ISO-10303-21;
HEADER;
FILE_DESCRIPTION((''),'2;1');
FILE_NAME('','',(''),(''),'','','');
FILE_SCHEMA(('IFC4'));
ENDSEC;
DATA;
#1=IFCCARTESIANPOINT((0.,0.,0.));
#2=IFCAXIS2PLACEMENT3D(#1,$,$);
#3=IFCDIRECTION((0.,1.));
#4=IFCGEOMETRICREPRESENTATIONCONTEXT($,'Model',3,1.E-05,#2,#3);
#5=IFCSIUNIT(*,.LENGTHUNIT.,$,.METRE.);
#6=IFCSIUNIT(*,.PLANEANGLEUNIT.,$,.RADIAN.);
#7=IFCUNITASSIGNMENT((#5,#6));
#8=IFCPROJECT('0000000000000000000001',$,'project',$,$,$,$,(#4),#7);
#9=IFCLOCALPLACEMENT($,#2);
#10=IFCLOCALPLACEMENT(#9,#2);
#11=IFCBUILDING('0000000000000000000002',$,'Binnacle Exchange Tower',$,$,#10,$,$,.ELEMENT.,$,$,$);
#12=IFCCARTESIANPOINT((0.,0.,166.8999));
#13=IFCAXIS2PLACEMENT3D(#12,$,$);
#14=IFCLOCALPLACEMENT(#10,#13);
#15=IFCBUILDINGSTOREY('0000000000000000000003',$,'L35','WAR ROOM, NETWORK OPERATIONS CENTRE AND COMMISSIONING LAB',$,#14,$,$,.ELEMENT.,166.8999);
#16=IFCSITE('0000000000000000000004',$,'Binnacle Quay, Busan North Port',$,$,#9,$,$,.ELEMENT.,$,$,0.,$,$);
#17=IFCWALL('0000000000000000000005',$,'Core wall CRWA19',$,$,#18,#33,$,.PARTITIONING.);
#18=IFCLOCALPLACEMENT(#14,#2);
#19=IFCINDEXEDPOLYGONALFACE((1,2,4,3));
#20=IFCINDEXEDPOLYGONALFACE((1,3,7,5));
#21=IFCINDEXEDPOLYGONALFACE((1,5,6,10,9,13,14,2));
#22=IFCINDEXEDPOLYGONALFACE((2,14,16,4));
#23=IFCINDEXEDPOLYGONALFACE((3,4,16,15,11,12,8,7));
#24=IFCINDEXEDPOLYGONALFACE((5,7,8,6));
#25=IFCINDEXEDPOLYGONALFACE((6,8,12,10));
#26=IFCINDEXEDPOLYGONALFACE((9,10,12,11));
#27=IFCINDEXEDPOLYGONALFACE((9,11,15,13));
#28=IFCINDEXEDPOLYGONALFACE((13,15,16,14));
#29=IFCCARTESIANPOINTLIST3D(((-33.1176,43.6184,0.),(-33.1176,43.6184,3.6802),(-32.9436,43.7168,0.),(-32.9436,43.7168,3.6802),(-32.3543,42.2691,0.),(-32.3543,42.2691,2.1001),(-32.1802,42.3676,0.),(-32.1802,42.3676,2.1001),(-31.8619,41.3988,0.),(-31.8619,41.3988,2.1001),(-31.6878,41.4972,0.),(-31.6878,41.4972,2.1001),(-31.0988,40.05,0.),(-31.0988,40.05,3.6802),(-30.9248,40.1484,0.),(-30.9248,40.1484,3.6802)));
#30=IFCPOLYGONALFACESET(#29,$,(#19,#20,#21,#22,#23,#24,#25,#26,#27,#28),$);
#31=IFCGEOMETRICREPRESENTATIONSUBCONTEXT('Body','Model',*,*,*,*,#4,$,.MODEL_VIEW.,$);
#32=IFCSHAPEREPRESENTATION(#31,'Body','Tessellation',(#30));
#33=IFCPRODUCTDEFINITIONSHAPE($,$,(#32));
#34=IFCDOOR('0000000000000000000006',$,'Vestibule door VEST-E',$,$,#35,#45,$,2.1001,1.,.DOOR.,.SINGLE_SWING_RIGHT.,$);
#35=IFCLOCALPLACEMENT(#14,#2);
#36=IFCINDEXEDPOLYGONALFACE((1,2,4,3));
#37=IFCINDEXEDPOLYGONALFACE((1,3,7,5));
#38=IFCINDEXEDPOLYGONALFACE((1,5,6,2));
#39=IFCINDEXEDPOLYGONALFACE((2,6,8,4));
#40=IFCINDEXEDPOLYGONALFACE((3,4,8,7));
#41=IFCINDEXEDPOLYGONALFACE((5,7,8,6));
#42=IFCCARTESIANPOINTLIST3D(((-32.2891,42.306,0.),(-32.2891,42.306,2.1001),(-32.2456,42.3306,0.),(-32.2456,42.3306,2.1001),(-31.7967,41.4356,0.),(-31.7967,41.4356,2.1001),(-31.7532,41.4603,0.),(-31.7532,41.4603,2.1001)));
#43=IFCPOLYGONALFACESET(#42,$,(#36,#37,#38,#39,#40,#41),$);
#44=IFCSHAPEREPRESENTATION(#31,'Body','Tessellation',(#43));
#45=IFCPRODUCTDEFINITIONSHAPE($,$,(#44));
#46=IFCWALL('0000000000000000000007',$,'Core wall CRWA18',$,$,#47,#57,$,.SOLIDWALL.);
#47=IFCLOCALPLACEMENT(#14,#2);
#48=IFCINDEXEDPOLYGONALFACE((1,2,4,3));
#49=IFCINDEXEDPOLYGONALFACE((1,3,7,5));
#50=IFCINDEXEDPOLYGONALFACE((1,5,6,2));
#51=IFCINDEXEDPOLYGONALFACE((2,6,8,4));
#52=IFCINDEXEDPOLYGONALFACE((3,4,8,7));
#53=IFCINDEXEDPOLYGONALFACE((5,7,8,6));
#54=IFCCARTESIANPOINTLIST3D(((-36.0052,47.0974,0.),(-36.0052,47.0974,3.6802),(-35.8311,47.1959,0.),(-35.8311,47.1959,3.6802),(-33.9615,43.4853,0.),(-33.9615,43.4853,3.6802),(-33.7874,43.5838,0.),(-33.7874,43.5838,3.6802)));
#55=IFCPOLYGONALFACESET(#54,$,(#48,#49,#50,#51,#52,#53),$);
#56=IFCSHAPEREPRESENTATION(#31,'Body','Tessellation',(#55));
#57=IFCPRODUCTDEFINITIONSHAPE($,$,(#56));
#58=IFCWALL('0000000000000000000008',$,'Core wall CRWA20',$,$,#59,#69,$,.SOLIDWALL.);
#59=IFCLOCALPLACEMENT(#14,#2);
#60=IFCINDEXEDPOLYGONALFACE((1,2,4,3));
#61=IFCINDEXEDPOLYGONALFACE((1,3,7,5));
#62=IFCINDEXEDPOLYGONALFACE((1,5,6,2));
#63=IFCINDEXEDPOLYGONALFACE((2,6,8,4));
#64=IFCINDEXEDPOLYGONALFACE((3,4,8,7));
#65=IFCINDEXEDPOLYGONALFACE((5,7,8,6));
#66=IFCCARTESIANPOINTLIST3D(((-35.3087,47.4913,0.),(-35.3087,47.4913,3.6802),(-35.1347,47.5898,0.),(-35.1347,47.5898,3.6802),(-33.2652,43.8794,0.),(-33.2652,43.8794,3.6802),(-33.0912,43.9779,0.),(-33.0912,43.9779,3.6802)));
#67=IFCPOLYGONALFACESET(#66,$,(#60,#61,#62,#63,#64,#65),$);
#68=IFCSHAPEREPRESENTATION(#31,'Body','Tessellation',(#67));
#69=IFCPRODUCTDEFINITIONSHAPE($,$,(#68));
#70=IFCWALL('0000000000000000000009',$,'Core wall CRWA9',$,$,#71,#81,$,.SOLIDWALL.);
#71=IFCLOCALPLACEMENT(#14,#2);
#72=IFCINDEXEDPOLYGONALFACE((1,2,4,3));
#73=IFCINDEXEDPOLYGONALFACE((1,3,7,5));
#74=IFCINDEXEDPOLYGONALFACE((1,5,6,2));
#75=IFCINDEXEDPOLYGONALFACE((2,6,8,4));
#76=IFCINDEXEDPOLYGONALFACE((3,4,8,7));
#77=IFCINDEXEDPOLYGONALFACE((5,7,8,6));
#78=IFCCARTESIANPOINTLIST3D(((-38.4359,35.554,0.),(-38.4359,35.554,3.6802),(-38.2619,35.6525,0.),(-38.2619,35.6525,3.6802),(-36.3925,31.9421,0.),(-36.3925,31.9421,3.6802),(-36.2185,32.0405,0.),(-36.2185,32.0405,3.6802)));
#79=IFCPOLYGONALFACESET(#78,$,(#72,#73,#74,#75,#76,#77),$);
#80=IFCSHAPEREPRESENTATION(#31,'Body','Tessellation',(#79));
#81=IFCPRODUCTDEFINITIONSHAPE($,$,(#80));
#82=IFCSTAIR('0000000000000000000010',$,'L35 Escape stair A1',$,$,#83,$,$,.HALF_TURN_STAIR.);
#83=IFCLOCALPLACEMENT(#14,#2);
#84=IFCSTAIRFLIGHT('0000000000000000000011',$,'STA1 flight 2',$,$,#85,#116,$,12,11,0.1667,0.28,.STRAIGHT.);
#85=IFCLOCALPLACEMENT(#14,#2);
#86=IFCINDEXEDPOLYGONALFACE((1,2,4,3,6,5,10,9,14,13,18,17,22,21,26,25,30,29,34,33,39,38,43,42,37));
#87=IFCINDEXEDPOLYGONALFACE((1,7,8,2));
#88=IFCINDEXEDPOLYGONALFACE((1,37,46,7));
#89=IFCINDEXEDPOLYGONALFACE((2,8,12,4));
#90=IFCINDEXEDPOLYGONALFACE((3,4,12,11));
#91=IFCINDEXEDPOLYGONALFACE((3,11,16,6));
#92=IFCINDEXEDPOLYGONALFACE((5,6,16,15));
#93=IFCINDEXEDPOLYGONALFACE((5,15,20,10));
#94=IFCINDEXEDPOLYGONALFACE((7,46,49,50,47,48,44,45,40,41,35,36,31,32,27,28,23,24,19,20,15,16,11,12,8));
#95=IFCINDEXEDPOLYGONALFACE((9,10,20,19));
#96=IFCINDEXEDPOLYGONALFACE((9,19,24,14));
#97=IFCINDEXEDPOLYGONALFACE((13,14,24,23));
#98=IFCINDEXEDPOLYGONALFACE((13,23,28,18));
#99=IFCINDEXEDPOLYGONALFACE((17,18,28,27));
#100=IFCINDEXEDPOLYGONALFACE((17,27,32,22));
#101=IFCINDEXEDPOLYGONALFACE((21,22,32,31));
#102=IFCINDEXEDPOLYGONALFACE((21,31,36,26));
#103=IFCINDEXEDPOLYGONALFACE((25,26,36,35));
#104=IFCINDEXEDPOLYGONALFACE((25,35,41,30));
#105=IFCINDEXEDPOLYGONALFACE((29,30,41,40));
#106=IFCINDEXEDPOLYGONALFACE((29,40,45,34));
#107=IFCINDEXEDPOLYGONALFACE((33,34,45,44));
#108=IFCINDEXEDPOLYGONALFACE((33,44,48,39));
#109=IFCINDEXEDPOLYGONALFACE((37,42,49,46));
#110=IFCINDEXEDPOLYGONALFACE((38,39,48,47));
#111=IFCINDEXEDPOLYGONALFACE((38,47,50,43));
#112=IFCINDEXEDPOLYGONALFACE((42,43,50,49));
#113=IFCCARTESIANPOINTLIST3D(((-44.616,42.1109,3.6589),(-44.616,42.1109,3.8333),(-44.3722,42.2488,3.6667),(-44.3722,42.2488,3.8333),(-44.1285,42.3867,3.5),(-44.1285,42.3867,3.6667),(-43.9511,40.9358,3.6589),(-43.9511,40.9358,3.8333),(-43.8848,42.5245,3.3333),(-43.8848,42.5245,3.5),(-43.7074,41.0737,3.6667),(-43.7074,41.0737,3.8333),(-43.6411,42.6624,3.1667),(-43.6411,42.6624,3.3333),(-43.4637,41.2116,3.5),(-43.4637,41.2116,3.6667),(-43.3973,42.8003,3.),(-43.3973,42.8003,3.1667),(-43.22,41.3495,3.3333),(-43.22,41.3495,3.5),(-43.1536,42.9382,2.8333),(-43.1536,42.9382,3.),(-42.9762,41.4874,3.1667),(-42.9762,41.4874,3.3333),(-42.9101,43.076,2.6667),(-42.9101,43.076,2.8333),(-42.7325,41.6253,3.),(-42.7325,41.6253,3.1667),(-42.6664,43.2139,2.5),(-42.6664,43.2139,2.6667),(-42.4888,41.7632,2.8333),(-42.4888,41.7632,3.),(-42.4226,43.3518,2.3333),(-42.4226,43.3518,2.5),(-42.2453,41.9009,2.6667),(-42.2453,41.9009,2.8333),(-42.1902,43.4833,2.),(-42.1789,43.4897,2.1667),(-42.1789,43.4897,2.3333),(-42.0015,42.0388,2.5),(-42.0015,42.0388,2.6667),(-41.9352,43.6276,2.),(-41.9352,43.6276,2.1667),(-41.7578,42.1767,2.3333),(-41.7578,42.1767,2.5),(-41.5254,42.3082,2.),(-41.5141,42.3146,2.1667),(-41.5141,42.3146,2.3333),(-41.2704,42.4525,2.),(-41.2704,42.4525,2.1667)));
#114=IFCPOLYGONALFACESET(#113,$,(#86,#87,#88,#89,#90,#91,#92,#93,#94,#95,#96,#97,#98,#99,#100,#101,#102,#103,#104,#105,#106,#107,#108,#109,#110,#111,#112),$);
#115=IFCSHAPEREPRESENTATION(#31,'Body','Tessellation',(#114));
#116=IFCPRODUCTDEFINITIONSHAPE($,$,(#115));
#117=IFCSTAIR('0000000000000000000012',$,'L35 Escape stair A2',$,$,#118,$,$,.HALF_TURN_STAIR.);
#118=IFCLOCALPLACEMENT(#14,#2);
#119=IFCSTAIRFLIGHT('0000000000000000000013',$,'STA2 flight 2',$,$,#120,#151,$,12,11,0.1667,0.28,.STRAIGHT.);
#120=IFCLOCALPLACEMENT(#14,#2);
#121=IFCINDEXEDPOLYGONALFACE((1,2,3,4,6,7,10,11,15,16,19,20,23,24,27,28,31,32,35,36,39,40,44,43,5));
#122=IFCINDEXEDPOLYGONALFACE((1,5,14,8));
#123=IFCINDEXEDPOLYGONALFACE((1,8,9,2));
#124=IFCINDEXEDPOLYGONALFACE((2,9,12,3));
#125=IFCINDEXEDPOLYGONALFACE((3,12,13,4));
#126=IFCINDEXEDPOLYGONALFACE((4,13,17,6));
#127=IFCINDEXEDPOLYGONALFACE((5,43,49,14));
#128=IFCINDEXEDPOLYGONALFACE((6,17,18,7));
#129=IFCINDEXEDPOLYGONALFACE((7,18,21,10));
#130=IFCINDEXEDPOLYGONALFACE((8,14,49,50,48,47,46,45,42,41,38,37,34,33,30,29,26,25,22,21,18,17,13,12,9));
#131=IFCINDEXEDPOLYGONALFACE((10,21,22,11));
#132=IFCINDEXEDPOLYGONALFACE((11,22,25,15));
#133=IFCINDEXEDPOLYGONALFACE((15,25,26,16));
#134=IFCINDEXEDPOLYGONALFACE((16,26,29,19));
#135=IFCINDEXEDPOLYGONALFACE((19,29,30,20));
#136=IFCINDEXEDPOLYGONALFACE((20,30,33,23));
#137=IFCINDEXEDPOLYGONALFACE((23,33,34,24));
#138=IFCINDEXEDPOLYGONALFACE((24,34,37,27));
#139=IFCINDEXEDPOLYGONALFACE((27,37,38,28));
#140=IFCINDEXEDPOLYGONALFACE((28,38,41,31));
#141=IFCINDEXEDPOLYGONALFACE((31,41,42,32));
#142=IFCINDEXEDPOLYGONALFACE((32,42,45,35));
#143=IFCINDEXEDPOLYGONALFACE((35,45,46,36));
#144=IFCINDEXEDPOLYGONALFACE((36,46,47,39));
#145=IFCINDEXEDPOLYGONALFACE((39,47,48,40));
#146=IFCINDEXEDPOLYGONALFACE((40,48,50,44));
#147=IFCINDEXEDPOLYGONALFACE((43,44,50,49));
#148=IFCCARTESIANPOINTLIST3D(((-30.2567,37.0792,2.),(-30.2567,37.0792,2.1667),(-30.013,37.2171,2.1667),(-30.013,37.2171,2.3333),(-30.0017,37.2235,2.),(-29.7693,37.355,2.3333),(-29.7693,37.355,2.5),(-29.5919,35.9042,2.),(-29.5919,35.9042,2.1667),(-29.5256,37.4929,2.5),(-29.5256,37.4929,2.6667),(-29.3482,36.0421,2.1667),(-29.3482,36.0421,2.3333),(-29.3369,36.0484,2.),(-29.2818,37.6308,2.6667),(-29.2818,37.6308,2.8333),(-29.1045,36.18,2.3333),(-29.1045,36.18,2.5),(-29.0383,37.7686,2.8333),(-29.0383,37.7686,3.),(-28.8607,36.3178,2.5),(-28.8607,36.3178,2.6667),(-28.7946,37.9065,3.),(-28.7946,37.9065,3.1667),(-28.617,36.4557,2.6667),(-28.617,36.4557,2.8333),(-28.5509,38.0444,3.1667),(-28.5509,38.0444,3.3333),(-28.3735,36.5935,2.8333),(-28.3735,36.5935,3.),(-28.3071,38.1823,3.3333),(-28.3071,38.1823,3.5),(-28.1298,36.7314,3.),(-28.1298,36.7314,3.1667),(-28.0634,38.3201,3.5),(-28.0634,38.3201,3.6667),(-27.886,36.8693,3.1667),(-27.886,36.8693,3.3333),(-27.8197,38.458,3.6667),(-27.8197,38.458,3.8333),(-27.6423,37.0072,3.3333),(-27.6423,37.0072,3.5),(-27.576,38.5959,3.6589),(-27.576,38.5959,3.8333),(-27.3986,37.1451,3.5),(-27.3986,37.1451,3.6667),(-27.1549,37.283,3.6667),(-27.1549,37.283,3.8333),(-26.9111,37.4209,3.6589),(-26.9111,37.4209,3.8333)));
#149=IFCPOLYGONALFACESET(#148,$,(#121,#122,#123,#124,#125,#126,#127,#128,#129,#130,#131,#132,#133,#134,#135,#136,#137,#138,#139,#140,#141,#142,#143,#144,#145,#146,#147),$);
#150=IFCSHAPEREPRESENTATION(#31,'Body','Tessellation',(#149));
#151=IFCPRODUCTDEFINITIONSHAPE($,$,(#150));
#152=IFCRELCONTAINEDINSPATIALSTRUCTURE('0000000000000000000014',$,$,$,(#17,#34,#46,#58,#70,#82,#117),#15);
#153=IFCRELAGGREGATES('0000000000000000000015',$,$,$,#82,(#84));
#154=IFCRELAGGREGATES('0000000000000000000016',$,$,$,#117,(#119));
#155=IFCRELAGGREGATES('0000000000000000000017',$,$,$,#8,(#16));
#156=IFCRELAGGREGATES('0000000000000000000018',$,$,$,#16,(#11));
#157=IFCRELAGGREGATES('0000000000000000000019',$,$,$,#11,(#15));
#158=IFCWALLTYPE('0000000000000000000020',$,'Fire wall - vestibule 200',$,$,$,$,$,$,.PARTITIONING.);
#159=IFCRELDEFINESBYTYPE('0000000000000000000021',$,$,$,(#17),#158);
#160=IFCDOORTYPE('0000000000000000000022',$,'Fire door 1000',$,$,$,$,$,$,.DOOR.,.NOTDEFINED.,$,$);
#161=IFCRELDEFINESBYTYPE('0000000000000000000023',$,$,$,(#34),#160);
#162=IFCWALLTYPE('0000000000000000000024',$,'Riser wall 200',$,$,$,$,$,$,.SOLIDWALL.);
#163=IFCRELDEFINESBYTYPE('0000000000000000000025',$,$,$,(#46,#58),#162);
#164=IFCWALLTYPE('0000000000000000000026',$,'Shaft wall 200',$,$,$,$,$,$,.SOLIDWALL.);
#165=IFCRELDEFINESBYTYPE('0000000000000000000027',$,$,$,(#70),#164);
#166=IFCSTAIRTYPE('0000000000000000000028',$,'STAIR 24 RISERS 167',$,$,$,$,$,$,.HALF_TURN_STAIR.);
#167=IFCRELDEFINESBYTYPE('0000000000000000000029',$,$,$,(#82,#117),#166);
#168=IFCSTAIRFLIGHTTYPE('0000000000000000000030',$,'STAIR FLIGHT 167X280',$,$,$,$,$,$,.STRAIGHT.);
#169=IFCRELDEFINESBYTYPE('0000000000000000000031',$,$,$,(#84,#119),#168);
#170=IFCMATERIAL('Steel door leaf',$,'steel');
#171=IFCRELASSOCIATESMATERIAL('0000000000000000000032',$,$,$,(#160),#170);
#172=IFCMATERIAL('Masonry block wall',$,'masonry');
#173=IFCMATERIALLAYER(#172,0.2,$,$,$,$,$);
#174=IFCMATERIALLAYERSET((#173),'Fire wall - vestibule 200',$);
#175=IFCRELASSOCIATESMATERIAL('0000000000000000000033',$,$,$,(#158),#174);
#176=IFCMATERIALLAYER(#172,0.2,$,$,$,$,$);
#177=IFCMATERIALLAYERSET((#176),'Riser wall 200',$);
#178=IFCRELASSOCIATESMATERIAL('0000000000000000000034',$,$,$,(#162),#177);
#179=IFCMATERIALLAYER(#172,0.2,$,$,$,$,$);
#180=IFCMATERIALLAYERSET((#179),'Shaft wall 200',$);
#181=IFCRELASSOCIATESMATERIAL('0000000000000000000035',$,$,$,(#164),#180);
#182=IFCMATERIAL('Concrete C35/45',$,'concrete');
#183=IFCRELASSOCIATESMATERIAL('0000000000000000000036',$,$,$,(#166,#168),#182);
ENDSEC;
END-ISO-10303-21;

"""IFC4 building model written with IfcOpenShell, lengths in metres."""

from ifc_helpers import new_model, si_unit, direction, frame, frame_2d, origin, place, context, subcontext, project, spatial, polyline, rectangle, outline, extrude, material, layer, layer_set, type_object, element, fill, aggregate, save


model = new_model("IFC4")

# Units and contexts
model_context = context("Model", 3, precision=1e-05, world=origin(), true_north=direction((0.0, 1.0)))
body_context = subcontext(model_context, "Body", "Model", "MODEL_VIEW")
ifc_project = project(units=[si_unit("LENGTHUNIT", "METRE"), si_unit("PLANEANGLEUNIT", "RADIAN")], contexts=[model_context])

# Site, building, storey
site_placement = place(None, origin())
site = spatial("IfcSite", under=ifc_project, at=site_placement, Name="Binnacle Quay, Busan North Port", CompositionType="ELEMENT", RefElevation=0.0)
building_placement = place(site_placement, origin())
building = spatial("IfcBuilding", under=site, at=building_placement, Name="Binnacle Exchange Tower", CompositionType="ELEMENT")
storey_placement = place(building_placement, frame((0.0, 0.0, 166.8999)))
storey = spatial("IfcBuildingStorey", under=building, at=storey_placement, Name="L35", Description="WAR ROOM, NETWORK OPERATIONS CENTRE AND COMMISSIONING LAB", CompositionType="ELEMENT", Elevation=166.8999)

# Shared definitions
ifc_material_1 = material(Name="Steel door leaf", Category="steel")

# Shared definitions
door_type_1 = type_object("IfcDoorType", Name="Fire door 1000", OperationType="NOTDEFINED", PredefinedType="DOOR", material=ifc_material_1)

# Wall, opening, door
ifc_material_2 = material(Name="Masonry block wall", Category="masonry")
ifc_layer_1 = layer(ifc_material_2, 0.2)
ifc_layer_set_1 = layer_set([ifc_layer_1], Name="Fire wall - vestibule 200")
wall_type_1 = type_object("IfcWallType", Name="Fire wall - vestibule 200", PredefinedType="PARTITIONING", material=ifc_layer_set_1)
wall_1_placement = place(storey_placement, frame((-33.0305, 43.6675, 0.0), z_axis=(0.0, 0.0, 1.0), x_axis=(0.492408, -0.870364, 0.0)))
wall_1 = element("IfcWall", 1, at=wall_1_placement, inside=storey, type_object=wall_type_1, Name="Core wall CRWA19", PredefinedType="PARTITIONING", context=body_context, shape_type="SweptSolid", body=[
    extrude(rectangle(XDim=4.0999, YDim=0.2, at=frame_2d((2.0498, 0.0))), origin(), (0.0, 0.0, 1.0), 3.6802),
])
opening_1_placement = place(wall_1_placement, frame((1.55, 0.0, 0.0)))
opening_1 = element("IfcOpeningElement", 2, at=opening_1_placement, cuts=wall_1, PredefinedType="OPENING", context=body_context, shape_type="SweptSolid", body=[
    extrude(rectangle(XDim=1.0, YDim=2.1001, at=frame_2d((0.5, 1.05))), frame((0.0, 0.1099, 0.0), z_axis=(0.0, -1.0, 0.0), x_axis=(1.0, 0.0, 0.0)), (0.0, 0.0, 1.0), 0.22),
])
door_1_placement = place(opening_1_placement, origin())
door_1 = element("IfcDoor", 3, at=door_1_placement, inside=storey, type_object=door_type_1, Name="Vestibule door VEST-E", OperationType="SINGLE_SWING_RIGHT", OverallHeight=2.1001, OverallWidth=1.0, PredefinedType="DOOR", context=body_context, shape_type="SweptSolid", body=[
    extrude(rectangle(XDim=1.0, YDim=2.1001, at=frame_2d((0.5, 1.05))), frame((0.0, 0.0249, 0.0), z_axis=(0.0, -1.0, 0.0), x_axis=(1.0, 0.0, 0.0)), (0.0, 0.0, 1.0), 0.05),
])
fill(opening_1, door_1)

# Walls
ifc_layer_2 = layer(ifc_material_2, 0.2)
ifc_layer_set_2 = layer_set([ifc_layer_2], Name="Riser wall 200")
wall_type_2 = type_object("IfcWallType", Name="Riser wall 200", PredefinedType="SOLIDWALL", material=ifc_layer_set_2)
wall_2_placement = place(storey_placement, frame((-35.9182, 47.1467, 0.0), z_axis=(0.0, 0.0, 1.0), x_axis=(0.492441, -0.870346, 0.0)))
element("IfcWall", 4, at=wall_2_placement, inside=storey, type_object=wall_type_2, Name="Core wall CRWA18", PredefinedType="SOLIDWALL", context=body_context, shape_type="SweptSolid", body=[
    extrude(rectangle(XDim=4.1501, YDim=0.2, at=frame_2d((2.0752, 0.0))), origin(), (0.0, 0.0, 1.0), 3.6802),
])
wall_3_placement = place(storey_placement, frame((-35.2217, 47.5405, 0.0), z_axis=(0.0, 0.0, 1.0), x_axis=(0.492422, -0.870357, 0.0)))
element("IfcWall", 5, at=wall_3_placement, inside=storey, type_object=wall_type_2, Name="Core wall CRWA20", PredefinedType="SOLIDWALL", context=body_context, shape_type="SweptSolid", body=[
    extrude(rectangle(XDim=4.1499, YDim=0.2, at=frame_2d((2.075, 0.0))), origin(), (0.0, 0.0, 1.0), 3.6802),
])
ifc_layer_3 = layer(ifc_material_2, 0.2)
ifc_layer_set_3 = layer_set([ifc_layer_3], Name="Shaft wall 200")
wall_type_3 = type_object("IfcWallType", Name="Shaft wall 200", PredefinedType="SOLIDWALL", material=ifc_layer_set_3)
wall_4_placement = place(storey_placement, frame((-38.3489, 35.6033, 0.0), z_axis=(0.0, 0.0, 1.0), x_axis=(0.492396, -0.870371, 0.0)))
element("IfcWall", 6, at=wall_4_placement, inside=storey, type_object=wall_type_3, Name="Core wall CRWA9", PredefinedType="SOLIDWALL", context=body_context, shape_type="SweptSolid", body=[
    extrude(rectangle(XDim=4.1499, YDim=0.2, at=frame_2d((2.075, 0.0))), origin(), (0.0, 0.0, 1.0), 3.6802),
])

# Stairs, stair flights
ifc_material_3 = material(Name="Concrete C35/45", Category="concrete")
stair_type = type_object("IfcStairType", Name="STAIR 24 RISERS 167", PredefinedType="HALF_TURN_STAIR", material=ifc_material_3)
stair_1_placement = place(storey_placement, origin())
stair_1 = element("IfcStair", 7, at=stair_1_placement, inside=storey, type_object=stair_type, Name="L35 Escape stair A1", PredefinedType="HALF_TURN_STAIR")
stair_flight_type = type_object("IfcStairFlightType", Name="STAIR FLIGHT 167X280", PredefinedType="STRAIGHT", material=ifc_material_3)
stair_flight_1_placement = place(storey_placement, frame((-41.6028, 43.04, 2.0), z_axis=(0.0, 0.0, 1.0), x_axis=(-0.870356, -0.492424, 0.0)))
stair_flight_1 = element("IfcStairFlight", 8, at=stair_flight_1_placement, type_object=stair_flight_type, Name="STA1 flight 2", NumberOfRisers=12, NumberOfTreads=11, PredefinedType="STRAIGHT", RiserHeight=0.1667, TreadLength=0.28, context=body_context, shape_type="SweptSolid", body=[
    extrude(outline(polyline([(0.0, 0.0), (0.0, 0.1667), (0.28, 0.1667), (0.28, 0.3333), (0.5601, 0.3333), (0.5601, 0.5), (0.8401, 0.5), (0.8401, 0.6667), (1.1201, 0.6667), (1.1201, 0.8333), (1.3999, 0.8333), (1.3999, 1.0), (1.6799, 1.0), (1.6799, 1.1667), (1.96, 1.1667), (1.96, 1.3333), (2.24, 1.3333), (2.24, 1.5), (2.52, 1.5), (2.52, 1.6667), (2.8, 1.6667), (2.8, 1.8333), (3.0801, 1.8333), (3.0801, 2.0), (3.0801, 1.6589), (0.293, 0.0), (0.0, 0.0)])), frame((0.0, 0.675, 0.0), z_axis=(0.0, -1.0, 0.0), x_axis=(1.0, 0.0, 0.0)), (0.0, 0.0, 1.0), 1.3501),
])
aggregate(stair_1, [stair_flight_1])
stair_2_placement = place(storey_placement, origin())
stair_2 = element("IfcStair", 9, at=stair_2_placement, inside=storey, type_object=stair_type, Name="L35 Escape stair A2", PredefinedType="HALF_TURN_STAIR")
stair_flight_2_placement = place(storey_placement, frame((-29.9243, 36.4917, 2.0), z_axis=(0.0, 0.0, 1.0), x_axis=(0.870356, 0.492424, 0.0)))
stair_flight_2 = element("IfcStairFlight", 10, at=stair_flight_2_placement, type_object=stair_flight_type, Name="STA2 flight 2", NumberOfRisers=12, NumberOfTreads=11, PredefinedType="STRAIGHT", RiserHeight=0.1667, TreadLength=0.28, context=body_context, shape_type="SweptSolid", body=[
    extrude(outline(polyline([(0.0, 0.0), (0.0, 0.1667), (0.28, 0.1667), (0.28, 0.3333), (0.5601, 0.3333), (0.5601, 0.5), (0.8401, 0.5), (0.8401, 0.6667), (1.1201, 0.6667), (1.1201, 0.8333), (1.3999, 0.8333), (1.3999, 1.0), (1.6799, 1.0), (1.6799, 1.1667), (1.96, 1.1667), (1.96, 1.3333), (2.24, 1.3333), (2.24, 1.5), (2.52, 1.5), (2.52, 1.6667), (2.8, 1.6667), (2.8, 1.8333), (3.0801, 1.8333), (3.0801, 2.0), (3.0801, 1.6589), (0.293, 0.0), (0.0, 0.0)])), frame((0.0, 0.675, 0.0), z_axis=(0.0, -1.0, 0.0), x_axis=(1.0, 0.0, 0.0)), (0.0, 0.0, 1.0), 1.3501),
])
aggregate(stair_2, [stair_flight_2])

save(model, "model.ifc")
